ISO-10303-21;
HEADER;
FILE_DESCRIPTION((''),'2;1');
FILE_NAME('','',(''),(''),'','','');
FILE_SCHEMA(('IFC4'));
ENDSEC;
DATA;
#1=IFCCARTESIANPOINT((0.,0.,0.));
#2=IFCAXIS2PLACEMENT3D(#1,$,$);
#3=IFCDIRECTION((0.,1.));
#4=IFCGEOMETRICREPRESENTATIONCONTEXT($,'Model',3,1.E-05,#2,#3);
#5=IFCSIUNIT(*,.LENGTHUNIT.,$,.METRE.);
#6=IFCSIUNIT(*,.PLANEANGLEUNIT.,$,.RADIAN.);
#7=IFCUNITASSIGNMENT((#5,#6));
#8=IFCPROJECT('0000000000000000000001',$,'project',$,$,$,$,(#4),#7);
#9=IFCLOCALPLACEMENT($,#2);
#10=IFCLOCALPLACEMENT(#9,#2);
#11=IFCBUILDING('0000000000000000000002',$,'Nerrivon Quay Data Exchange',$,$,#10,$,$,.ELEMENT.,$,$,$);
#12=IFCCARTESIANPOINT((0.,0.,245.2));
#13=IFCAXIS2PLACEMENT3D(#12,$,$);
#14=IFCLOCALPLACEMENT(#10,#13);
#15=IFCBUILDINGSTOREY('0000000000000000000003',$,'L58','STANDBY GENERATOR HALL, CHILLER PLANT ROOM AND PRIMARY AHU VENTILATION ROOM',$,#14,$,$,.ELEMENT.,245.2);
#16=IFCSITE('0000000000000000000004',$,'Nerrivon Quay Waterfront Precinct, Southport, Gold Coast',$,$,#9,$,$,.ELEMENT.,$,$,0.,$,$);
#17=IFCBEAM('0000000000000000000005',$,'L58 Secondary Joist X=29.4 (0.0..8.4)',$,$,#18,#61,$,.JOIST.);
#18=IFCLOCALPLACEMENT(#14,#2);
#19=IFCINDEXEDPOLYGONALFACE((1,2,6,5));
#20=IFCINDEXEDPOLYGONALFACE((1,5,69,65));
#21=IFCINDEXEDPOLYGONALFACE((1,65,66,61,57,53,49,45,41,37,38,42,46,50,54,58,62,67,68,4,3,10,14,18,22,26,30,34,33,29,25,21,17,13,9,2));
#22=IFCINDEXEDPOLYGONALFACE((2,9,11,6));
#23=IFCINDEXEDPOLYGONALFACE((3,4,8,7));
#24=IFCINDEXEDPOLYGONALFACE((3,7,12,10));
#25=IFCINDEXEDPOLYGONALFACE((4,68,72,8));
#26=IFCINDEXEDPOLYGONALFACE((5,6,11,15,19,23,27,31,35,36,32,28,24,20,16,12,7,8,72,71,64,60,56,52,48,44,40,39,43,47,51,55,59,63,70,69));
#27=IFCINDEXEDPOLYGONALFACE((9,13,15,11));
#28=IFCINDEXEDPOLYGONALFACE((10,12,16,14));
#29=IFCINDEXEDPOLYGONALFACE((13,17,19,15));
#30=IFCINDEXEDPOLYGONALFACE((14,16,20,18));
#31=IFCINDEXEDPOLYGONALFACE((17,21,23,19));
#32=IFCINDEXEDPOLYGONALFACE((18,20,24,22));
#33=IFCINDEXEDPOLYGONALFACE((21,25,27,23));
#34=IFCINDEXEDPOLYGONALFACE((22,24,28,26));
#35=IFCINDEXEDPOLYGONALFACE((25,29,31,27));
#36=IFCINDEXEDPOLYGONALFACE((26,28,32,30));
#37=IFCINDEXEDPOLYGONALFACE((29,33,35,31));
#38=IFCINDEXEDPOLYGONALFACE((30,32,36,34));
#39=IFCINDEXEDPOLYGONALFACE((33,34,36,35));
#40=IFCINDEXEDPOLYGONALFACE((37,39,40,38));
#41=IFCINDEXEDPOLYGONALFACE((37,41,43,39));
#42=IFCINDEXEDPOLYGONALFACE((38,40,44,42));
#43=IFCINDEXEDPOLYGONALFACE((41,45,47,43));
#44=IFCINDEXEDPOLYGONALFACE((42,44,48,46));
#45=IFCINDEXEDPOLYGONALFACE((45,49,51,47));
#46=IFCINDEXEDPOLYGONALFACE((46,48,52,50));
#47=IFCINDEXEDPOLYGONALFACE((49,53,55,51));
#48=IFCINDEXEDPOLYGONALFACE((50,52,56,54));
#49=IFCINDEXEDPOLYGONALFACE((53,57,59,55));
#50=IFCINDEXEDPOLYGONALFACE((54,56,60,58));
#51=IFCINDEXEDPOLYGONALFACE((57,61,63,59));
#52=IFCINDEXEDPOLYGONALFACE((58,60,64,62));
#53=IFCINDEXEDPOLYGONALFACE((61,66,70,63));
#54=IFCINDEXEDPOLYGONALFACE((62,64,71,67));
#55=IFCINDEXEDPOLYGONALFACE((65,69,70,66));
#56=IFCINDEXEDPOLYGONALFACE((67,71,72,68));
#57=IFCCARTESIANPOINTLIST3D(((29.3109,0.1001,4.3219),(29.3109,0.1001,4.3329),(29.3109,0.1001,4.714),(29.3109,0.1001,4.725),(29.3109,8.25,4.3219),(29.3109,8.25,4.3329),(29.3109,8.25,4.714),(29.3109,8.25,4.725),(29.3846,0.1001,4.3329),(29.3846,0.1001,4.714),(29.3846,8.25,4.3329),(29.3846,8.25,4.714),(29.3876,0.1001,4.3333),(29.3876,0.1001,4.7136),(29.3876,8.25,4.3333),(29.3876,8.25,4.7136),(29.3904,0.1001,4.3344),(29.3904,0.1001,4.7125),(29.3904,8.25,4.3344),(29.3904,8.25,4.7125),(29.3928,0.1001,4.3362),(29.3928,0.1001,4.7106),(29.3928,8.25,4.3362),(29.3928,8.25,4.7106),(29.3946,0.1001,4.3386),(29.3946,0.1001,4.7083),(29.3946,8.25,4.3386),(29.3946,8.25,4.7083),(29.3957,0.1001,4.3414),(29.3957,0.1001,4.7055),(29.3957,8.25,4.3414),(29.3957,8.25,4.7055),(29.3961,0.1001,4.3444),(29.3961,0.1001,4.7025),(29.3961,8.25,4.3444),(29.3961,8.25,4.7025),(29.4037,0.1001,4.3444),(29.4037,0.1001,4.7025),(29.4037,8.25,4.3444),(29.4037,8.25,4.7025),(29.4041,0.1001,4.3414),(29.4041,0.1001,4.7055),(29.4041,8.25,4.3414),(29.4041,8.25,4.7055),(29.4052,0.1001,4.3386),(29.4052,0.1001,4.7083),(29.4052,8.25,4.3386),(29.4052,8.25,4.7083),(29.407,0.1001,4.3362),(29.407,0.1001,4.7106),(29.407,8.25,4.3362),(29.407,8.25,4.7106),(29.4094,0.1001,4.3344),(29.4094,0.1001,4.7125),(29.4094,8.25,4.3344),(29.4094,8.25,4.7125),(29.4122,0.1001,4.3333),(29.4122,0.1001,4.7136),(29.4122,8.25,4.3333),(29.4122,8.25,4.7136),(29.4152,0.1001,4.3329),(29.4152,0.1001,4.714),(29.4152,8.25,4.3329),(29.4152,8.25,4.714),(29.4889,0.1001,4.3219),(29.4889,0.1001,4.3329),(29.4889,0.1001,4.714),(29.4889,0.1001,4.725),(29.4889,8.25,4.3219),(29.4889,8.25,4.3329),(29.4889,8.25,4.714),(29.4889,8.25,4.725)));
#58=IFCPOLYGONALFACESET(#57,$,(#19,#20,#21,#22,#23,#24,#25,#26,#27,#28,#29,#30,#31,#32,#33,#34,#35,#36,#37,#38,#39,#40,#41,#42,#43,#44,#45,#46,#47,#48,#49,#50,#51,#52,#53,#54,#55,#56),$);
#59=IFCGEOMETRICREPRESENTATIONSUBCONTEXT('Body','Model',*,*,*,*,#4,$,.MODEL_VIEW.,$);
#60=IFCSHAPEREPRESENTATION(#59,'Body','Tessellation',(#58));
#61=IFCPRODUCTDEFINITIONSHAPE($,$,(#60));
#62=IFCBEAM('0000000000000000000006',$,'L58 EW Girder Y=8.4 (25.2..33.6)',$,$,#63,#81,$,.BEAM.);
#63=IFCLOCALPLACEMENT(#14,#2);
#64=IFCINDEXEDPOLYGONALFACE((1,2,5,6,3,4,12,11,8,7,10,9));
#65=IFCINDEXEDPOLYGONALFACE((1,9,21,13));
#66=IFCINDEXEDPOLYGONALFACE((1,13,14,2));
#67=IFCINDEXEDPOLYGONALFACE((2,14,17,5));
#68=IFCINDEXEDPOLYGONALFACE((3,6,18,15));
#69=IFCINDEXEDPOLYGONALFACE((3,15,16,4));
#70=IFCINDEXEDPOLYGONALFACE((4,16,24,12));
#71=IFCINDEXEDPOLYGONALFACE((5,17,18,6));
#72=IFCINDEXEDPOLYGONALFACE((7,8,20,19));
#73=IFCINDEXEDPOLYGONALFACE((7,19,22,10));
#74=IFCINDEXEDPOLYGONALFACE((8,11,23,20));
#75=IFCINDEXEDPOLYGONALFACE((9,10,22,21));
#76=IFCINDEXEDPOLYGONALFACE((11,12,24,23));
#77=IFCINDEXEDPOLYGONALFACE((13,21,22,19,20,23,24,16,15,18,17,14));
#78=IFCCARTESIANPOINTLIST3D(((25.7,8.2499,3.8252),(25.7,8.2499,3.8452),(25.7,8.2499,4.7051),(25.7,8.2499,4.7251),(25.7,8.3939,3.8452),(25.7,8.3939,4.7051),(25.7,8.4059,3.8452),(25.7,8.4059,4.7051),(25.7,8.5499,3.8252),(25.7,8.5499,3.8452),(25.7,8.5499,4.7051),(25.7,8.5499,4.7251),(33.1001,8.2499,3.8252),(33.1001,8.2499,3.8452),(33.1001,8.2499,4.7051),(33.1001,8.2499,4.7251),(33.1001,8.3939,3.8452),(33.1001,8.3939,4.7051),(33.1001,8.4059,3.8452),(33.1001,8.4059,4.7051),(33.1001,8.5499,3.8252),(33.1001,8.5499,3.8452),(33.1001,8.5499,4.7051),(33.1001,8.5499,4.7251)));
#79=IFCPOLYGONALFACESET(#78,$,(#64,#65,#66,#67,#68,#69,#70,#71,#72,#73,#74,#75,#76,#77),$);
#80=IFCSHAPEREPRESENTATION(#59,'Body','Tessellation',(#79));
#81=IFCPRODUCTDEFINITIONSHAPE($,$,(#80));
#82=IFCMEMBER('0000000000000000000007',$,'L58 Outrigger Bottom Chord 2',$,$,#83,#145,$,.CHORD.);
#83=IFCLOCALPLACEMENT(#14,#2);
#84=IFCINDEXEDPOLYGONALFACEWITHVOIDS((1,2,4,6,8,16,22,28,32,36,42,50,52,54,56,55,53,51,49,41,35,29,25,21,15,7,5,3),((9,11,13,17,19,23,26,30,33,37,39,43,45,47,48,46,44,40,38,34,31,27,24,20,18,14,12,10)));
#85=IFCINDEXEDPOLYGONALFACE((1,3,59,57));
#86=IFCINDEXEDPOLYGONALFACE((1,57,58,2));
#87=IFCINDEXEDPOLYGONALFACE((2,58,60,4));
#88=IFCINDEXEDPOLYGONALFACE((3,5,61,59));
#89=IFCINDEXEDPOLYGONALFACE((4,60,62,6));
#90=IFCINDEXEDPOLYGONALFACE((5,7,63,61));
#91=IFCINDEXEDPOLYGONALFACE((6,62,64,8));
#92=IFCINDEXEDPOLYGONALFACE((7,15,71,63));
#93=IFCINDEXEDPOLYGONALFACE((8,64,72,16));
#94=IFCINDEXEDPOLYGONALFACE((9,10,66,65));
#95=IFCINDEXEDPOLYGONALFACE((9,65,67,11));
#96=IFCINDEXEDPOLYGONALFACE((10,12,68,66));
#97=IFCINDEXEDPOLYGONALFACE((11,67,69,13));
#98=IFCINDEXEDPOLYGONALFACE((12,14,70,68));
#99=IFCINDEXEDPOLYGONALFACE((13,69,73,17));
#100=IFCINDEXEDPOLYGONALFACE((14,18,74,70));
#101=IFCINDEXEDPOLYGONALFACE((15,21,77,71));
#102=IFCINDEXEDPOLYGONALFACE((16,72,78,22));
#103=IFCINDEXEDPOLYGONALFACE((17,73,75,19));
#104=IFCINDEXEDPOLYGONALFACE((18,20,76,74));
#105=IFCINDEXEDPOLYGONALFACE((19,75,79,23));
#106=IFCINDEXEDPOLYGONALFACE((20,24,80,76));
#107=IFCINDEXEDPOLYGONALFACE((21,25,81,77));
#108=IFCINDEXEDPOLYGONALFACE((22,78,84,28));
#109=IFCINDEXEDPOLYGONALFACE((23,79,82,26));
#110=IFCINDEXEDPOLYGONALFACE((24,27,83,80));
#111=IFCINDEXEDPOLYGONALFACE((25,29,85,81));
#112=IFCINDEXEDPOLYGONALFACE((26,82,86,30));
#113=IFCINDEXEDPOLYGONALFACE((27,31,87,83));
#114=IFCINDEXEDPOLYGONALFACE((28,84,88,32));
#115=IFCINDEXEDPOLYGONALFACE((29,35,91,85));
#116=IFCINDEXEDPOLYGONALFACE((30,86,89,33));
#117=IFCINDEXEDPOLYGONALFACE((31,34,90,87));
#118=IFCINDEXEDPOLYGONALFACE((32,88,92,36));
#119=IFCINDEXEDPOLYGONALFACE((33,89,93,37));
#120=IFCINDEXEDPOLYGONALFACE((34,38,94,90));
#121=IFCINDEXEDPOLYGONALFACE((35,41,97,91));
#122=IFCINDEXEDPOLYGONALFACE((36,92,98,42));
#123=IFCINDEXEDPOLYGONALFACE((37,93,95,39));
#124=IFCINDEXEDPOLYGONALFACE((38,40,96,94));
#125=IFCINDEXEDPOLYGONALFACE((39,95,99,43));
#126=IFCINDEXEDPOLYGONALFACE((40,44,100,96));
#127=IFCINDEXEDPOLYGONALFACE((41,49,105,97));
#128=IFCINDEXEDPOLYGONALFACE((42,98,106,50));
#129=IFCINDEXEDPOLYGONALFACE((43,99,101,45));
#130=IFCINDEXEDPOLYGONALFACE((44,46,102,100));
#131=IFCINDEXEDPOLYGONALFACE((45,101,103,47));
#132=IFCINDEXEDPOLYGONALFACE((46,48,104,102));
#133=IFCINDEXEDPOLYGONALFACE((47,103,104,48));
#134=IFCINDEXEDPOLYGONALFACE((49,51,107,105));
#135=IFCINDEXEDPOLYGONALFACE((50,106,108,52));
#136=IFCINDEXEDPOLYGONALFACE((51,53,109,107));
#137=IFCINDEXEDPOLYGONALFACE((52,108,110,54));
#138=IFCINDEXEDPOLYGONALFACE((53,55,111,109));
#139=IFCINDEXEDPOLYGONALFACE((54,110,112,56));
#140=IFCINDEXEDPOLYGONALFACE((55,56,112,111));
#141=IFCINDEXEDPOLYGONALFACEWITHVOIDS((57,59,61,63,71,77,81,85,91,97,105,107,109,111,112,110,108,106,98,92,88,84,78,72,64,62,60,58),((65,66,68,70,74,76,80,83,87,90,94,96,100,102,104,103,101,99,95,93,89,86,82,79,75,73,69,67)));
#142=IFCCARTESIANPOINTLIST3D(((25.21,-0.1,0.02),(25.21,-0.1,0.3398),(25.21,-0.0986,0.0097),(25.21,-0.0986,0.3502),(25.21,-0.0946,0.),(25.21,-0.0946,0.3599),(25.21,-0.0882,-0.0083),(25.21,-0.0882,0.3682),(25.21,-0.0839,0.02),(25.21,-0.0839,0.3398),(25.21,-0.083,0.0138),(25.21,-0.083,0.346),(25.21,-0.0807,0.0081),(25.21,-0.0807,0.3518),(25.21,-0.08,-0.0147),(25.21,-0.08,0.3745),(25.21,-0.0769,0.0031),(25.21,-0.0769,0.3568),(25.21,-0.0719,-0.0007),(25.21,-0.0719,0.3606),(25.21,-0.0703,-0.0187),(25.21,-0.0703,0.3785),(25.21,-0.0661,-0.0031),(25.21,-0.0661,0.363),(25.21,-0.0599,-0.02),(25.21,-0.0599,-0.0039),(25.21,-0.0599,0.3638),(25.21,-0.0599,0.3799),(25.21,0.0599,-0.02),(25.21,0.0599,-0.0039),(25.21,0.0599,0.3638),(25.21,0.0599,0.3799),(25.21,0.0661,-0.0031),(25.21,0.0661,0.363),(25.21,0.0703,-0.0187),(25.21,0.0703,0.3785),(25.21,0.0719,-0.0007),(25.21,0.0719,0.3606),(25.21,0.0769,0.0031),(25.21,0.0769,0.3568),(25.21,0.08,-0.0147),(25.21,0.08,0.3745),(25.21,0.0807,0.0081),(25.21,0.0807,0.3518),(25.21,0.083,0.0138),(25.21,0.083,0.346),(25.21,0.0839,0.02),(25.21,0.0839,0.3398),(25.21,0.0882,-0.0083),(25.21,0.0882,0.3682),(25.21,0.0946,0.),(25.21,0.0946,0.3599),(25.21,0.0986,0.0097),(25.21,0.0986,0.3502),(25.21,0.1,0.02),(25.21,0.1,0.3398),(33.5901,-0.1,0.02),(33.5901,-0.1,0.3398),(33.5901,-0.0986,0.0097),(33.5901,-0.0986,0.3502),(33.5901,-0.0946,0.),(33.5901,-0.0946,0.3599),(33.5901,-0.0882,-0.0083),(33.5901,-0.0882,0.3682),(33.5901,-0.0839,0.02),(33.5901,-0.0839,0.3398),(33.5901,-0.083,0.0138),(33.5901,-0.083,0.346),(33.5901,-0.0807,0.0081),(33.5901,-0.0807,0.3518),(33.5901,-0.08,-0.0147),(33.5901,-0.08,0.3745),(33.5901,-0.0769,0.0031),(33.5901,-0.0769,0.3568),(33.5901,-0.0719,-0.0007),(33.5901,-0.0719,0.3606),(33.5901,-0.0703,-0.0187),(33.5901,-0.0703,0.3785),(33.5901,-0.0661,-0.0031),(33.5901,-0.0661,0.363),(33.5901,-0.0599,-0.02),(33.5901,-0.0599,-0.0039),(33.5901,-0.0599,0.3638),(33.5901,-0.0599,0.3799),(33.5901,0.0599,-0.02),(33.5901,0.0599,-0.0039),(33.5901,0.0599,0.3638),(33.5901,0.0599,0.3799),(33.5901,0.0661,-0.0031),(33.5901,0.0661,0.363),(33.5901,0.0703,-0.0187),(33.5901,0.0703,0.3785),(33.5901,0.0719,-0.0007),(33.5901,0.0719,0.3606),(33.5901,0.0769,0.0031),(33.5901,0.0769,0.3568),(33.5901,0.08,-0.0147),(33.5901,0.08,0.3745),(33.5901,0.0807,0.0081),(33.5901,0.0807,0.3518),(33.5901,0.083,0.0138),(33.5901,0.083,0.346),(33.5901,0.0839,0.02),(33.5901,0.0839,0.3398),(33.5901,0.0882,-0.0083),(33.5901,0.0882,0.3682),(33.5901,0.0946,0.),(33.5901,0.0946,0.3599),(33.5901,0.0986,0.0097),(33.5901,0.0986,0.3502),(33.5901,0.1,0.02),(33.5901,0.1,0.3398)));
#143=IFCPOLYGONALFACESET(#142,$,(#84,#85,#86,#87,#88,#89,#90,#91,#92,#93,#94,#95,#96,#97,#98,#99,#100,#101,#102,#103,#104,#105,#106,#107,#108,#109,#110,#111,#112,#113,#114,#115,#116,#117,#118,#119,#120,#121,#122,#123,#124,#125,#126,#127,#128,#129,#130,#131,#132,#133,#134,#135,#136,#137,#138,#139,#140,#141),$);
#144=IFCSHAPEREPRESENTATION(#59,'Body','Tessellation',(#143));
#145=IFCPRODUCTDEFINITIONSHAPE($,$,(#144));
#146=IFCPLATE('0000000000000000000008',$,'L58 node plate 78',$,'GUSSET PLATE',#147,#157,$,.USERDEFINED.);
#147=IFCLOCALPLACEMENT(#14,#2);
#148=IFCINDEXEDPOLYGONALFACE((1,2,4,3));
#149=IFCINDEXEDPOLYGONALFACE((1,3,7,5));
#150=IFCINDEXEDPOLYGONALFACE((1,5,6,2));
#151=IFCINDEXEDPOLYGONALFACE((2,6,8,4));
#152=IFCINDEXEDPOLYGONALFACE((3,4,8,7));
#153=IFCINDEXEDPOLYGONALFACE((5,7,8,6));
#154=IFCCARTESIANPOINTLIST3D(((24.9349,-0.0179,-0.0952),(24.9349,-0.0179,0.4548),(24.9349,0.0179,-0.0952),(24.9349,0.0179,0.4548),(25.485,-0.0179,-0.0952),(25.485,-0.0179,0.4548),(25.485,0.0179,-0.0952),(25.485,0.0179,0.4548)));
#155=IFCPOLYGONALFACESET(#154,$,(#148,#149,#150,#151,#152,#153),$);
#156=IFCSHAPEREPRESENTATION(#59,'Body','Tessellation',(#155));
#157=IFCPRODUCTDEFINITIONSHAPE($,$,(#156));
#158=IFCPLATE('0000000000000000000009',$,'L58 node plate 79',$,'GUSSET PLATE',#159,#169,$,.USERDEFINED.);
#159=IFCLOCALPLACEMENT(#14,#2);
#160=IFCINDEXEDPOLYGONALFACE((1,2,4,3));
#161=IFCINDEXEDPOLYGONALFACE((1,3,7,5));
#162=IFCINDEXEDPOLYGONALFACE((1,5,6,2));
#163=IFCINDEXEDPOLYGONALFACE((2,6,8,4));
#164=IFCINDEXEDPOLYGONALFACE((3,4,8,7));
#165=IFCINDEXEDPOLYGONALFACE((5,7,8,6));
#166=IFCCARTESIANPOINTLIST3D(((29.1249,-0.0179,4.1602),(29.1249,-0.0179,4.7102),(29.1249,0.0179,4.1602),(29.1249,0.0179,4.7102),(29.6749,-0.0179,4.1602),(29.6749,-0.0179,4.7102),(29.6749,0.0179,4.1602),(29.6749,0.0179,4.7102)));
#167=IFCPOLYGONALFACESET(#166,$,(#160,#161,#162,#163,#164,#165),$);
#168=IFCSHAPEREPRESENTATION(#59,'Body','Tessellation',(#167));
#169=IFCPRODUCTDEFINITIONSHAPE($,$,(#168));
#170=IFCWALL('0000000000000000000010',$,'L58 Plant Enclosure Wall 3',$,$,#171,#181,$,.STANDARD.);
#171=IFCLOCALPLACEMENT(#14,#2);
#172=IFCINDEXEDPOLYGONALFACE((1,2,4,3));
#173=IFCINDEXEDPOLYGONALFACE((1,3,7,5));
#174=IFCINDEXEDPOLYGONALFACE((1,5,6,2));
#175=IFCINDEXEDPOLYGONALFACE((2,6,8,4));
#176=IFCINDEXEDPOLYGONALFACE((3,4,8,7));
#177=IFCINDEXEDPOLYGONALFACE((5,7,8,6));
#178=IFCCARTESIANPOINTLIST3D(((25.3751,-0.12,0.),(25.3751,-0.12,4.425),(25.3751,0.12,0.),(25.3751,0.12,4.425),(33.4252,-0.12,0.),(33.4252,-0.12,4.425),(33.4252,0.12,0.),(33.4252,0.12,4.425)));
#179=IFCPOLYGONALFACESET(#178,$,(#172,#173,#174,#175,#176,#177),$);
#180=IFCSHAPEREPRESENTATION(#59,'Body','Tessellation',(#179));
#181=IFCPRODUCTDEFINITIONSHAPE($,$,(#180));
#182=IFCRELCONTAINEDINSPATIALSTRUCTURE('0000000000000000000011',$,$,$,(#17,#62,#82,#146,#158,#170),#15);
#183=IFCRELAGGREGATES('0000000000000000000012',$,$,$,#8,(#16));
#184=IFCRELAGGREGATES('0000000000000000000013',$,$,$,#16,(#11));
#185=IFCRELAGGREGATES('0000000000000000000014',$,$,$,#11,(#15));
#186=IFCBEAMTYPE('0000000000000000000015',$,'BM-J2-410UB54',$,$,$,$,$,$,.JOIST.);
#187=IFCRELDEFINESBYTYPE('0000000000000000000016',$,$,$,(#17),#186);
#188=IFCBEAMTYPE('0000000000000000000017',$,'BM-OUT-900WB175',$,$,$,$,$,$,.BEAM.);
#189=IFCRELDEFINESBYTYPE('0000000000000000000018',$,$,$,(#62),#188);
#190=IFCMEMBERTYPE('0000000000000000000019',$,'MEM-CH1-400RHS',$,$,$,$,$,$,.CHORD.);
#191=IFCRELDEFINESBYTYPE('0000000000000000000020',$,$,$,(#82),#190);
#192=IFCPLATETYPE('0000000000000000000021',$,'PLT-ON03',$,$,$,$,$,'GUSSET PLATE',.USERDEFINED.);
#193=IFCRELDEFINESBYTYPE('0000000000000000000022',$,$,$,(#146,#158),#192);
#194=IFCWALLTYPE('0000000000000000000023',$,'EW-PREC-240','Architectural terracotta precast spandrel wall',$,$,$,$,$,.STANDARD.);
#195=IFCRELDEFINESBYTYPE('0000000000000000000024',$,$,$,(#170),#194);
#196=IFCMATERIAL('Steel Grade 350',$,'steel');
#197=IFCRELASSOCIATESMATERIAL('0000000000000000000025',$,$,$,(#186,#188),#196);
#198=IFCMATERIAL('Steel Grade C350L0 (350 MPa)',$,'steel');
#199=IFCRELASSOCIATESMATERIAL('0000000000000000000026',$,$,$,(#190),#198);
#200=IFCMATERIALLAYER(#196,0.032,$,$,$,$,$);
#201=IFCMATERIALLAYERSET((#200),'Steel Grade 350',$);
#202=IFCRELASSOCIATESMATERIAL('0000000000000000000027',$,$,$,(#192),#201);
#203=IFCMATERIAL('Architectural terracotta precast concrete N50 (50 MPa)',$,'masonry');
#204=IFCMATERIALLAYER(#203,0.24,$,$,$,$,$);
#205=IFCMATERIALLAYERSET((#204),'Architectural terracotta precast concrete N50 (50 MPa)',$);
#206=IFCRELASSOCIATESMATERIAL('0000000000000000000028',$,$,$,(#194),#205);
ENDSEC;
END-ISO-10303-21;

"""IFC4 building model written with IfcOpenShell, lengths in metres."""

from ifc_helpers import new_model, si_unit, direction, frame, frame_2d, origin, origin_2d, place, context, subcontext, project, spatial, rectangle, hollow_rectangle, i_section, extrude, material, layer, layer_set, material_profile, profile_set, type_object, element, save


model = new_model("IFC4")

# Units and contexts
model_context = context("Model", 3, precision=1e-05, world=origin(), true_north=direction((0.0, 1.0)))
body_context = subcontext(model_context, "Body", "Model", "MODEL_VIEW")
ifc_project = project(units=[si_unit("LENGTHUNIT", "METRE"), si_unit("PLANEANGLEUNIT", "RADIAN")], contexts=[model_context])

# Site, building, storey
site_placement = place(None, origin())
site = spatial("IfcSite", under=ifc_project, at=site_placement, Name="Nerrivon Quay Waterfront Precinct, Southport, Gold Coast", CompositionType="ELEMENT", RefElevation=0.0)
building_placement = place(site_placement, origin())
building = spatial("IfcBuilding", under=site, at=building_placement, Name="Nerrivon Quay Data Exchange", CompositionType="ELEMENT")
storey_placement = place(building_placement, frame((0.0, 0.0, 245.2)))
storey = spatial("IfcBuildingStorey", under=building, at=storey_placement, Name="L58", Description="STANDBY GENERATOR HALL, CHILLER PLANT ROOM AND PRIMARY AHU VENTILATION ROOM", CompositionType="ELEMENT", Elevation=245.2)

# Beams
ifc_material_1 = material(Name="Steel Grade 350", Category="steel")
ifc_material_profile_1 = material_profile(ifc_material_1, i_section(OverallWidth=0.178, OverallDepth=0.4031, WebThickness=0.0076, FlangeThickness=0.011, FilletRadius=0.0115, at=origin_2d()), Name="410UB53.7")
ifc_profile_set_1 = profile_set([ifc_material_profile_1], Name="Steel Grade 350")
beam_type_1 = type_object("IfcBeamType", Name="BM-J2-410UB54", PredefinedType="JOIST", material=ifc_profile_set_1)
beam_1_placement = place(storey_placement, frame((29.3999, 0.1001, 4.5234), z_axis=(0.0, 1.0, 0.0), x_axis=(-1.0, 0.0, 0.0)))
element("IfcBeam", 1, at=beam_1_placement, inside=storey, type_object=beam_type_1, Name="L58 Secondary Joist X=29.4 (0.0..8.4)", PredefinedType="JOIST", context=body_context, shape_type="SweptSolid", body=[
    extrude(i_section(OverallWidth=0.178, OverallDepth=0.4031, WebThickness=0.0076, FlangeThickness=0.011, FilletRadius=0.0115, at=origin_2d()), origin(), (0.0, 0.0, 1.0), 8.1499),
])
ifc_material_profile_2 = material_profile(ifc_material_1, i_section(OverallWidth=0.3, OverallDepth=0.8999, WebThickness=0.012, FlangeThickness=0.02, at=origin_2d()), Name="900WB175")
ifc_profile_set_2 = profile_set([ifc_material_profile_2], Name="Steel Grade 350")
beam_type_2 = type_object("IfcBeamType", Name="BM-OUT-900WB175", PredefinedType="BEAM", material=ifc_profile_set_2)
beam_2_placement = place(storey_placement, frame((25.7, 8.3999, 4.2751), z_axis=(1.0, 0.0, 0.0), x_axis=(0.0, 1.0, 0.0)))
element("IfcBeam", 2, at=beam_2_placement, inside=storey, type_object=beam_type_2, Name="L58 EW Girder Y=8.4 (25.2..33.6)", PredefinedType="BEAM", context=body_context, shape_type="SweptSolid", body=[
    extrude(i_section(OverallWidth=0.3, OverallDepth=0.8999, WebThickness=0.012, FlangeThickness=0.02, at=origin_2d()), origin(), (0.0, 0.0, 1.0), 7.4001),
])

# Member
ifc_material_2 = material(Name="Steel Grade C350L0 (350 MPa)", Category="steel")
ifc_material_profile_3 = material_profile(ifc_material_2, hollow_rectangle(XDim=0.2, YDim=0.3999, WallThickness=0.0161, InnerFilletRadius=0.0239, OuterFilletRadius=0.04, at=origin_2d()), Name="400x200x16.0RHS")
ifc_profile_set_3 = profile_set([ifc_material_profile_3], Name="Steel Grade C350L0 (350 MPa)")
member_type = type_object("IfcMemberType", Name="MEM-CH1-400RHS", PredefinedType="CHORD", material=ifc_profile_set_3)
member_placement = place(storey_placement, frame((25.21, 0.0, 0.1799), z_axis=(1.0, 0.0, 0.0), x_axis=(0.0, 1.0, 0.0)))
element("IfcMember", 3, at=member_placement, inside=storey, type_object=member_type, Name="L58 Outrigger Bottom Chord 2", PredefinedType="CHORD", context=body_context, shape_type="SweptSolid", body=[
    extrude(hollow_rectangle(XDim=0.2, YDim=0.3999, WallThickness=0.0161, InnerFilletRadius=0.0239, OuterFilletRadius=0.04, at=origin_2d()), origin(), (0.0, 0.0, 1.0), 8.3801),
])

# Plates
ifc_layer_1 = layer(ifc_material_1, 0.032)
ifc_layer_set_1 = layer_set([ifc_layer_1], Name="Steel Grade 350")
plate_type = type_object("IfcPlateType", Name="PLT-ON03", ElementType="GUSSET PLATE", PredefinedType="USERDEFINED", material=ifc_layer_set_1)
for number, where, z_axis, x_axis, name in (
    (4, (25.21, 0.0, -0.0952), (0.0, 0.0, 1.0), (1.0, 0.0, 0.0), "L58 node plate 78"),
    (5, (29.3999, 0.0, 4.1602), (0.0, 0.0, 1.0), (1.0, 0.0, 0.0), "L58 node plate 79"),
):
    element("IfcPlate", number, at=place(storey_placement, frame(where, z_axis=z_axis, x_axis=x_axis)), inside=storey, type_object=plate_type, Name=name, ObjectType="GUSSET PLATE", PredefinedType="USERDEFINED", context=body_context, shape_type="SweptSolid", body=[
        extrude(rectangle(XDim=0.55, YDim=0.0359, at=origin_2d()), origin(), (0.0, 0.0, 1.0), 0.55),
    ])

# Wall
ifc_material_3 = material(Name="Architectural terracotta precast concrete N50 (50 MPa)", Category="masonry")
ifc_layer_2 = layer(ifc_material_3, 0.24)
ifc_layer_set_2 = layer_set([ifc_layer_2], Name="Architectural terracotta precast concrete N50 (50 MPa)")
wall_type_1 = type_object("IfcWallType", Name="EW-PREC-240", Description="Architectural terracotta precast spandrel wall", PredefinedType="STANDARD", material=ifc_layer_set_2)
wall_1_placement = place(storey_placement, frame((33.425, 0.0, 0.0), z_axis=(0.0, 0.0, 1.0), x_axis=(-1.0, 0.0, 0.0)))
element("IfcWall", 6, at=wall_1_placement, inside=storey, type_object=wall_type_1, Name="L58 Plant Enclosure Wall 3", PredefinedType="STANDARD", context=body_context, shape_type="SweptSolid", body=[
    extrude(rectangle(XDim=8.05, YDim=0.24, at=frame_2d((4.0249, 0.0))), origin(), (0.0, 0.0, 1.0), 4.425),
])

save(model, "model.ifc")
